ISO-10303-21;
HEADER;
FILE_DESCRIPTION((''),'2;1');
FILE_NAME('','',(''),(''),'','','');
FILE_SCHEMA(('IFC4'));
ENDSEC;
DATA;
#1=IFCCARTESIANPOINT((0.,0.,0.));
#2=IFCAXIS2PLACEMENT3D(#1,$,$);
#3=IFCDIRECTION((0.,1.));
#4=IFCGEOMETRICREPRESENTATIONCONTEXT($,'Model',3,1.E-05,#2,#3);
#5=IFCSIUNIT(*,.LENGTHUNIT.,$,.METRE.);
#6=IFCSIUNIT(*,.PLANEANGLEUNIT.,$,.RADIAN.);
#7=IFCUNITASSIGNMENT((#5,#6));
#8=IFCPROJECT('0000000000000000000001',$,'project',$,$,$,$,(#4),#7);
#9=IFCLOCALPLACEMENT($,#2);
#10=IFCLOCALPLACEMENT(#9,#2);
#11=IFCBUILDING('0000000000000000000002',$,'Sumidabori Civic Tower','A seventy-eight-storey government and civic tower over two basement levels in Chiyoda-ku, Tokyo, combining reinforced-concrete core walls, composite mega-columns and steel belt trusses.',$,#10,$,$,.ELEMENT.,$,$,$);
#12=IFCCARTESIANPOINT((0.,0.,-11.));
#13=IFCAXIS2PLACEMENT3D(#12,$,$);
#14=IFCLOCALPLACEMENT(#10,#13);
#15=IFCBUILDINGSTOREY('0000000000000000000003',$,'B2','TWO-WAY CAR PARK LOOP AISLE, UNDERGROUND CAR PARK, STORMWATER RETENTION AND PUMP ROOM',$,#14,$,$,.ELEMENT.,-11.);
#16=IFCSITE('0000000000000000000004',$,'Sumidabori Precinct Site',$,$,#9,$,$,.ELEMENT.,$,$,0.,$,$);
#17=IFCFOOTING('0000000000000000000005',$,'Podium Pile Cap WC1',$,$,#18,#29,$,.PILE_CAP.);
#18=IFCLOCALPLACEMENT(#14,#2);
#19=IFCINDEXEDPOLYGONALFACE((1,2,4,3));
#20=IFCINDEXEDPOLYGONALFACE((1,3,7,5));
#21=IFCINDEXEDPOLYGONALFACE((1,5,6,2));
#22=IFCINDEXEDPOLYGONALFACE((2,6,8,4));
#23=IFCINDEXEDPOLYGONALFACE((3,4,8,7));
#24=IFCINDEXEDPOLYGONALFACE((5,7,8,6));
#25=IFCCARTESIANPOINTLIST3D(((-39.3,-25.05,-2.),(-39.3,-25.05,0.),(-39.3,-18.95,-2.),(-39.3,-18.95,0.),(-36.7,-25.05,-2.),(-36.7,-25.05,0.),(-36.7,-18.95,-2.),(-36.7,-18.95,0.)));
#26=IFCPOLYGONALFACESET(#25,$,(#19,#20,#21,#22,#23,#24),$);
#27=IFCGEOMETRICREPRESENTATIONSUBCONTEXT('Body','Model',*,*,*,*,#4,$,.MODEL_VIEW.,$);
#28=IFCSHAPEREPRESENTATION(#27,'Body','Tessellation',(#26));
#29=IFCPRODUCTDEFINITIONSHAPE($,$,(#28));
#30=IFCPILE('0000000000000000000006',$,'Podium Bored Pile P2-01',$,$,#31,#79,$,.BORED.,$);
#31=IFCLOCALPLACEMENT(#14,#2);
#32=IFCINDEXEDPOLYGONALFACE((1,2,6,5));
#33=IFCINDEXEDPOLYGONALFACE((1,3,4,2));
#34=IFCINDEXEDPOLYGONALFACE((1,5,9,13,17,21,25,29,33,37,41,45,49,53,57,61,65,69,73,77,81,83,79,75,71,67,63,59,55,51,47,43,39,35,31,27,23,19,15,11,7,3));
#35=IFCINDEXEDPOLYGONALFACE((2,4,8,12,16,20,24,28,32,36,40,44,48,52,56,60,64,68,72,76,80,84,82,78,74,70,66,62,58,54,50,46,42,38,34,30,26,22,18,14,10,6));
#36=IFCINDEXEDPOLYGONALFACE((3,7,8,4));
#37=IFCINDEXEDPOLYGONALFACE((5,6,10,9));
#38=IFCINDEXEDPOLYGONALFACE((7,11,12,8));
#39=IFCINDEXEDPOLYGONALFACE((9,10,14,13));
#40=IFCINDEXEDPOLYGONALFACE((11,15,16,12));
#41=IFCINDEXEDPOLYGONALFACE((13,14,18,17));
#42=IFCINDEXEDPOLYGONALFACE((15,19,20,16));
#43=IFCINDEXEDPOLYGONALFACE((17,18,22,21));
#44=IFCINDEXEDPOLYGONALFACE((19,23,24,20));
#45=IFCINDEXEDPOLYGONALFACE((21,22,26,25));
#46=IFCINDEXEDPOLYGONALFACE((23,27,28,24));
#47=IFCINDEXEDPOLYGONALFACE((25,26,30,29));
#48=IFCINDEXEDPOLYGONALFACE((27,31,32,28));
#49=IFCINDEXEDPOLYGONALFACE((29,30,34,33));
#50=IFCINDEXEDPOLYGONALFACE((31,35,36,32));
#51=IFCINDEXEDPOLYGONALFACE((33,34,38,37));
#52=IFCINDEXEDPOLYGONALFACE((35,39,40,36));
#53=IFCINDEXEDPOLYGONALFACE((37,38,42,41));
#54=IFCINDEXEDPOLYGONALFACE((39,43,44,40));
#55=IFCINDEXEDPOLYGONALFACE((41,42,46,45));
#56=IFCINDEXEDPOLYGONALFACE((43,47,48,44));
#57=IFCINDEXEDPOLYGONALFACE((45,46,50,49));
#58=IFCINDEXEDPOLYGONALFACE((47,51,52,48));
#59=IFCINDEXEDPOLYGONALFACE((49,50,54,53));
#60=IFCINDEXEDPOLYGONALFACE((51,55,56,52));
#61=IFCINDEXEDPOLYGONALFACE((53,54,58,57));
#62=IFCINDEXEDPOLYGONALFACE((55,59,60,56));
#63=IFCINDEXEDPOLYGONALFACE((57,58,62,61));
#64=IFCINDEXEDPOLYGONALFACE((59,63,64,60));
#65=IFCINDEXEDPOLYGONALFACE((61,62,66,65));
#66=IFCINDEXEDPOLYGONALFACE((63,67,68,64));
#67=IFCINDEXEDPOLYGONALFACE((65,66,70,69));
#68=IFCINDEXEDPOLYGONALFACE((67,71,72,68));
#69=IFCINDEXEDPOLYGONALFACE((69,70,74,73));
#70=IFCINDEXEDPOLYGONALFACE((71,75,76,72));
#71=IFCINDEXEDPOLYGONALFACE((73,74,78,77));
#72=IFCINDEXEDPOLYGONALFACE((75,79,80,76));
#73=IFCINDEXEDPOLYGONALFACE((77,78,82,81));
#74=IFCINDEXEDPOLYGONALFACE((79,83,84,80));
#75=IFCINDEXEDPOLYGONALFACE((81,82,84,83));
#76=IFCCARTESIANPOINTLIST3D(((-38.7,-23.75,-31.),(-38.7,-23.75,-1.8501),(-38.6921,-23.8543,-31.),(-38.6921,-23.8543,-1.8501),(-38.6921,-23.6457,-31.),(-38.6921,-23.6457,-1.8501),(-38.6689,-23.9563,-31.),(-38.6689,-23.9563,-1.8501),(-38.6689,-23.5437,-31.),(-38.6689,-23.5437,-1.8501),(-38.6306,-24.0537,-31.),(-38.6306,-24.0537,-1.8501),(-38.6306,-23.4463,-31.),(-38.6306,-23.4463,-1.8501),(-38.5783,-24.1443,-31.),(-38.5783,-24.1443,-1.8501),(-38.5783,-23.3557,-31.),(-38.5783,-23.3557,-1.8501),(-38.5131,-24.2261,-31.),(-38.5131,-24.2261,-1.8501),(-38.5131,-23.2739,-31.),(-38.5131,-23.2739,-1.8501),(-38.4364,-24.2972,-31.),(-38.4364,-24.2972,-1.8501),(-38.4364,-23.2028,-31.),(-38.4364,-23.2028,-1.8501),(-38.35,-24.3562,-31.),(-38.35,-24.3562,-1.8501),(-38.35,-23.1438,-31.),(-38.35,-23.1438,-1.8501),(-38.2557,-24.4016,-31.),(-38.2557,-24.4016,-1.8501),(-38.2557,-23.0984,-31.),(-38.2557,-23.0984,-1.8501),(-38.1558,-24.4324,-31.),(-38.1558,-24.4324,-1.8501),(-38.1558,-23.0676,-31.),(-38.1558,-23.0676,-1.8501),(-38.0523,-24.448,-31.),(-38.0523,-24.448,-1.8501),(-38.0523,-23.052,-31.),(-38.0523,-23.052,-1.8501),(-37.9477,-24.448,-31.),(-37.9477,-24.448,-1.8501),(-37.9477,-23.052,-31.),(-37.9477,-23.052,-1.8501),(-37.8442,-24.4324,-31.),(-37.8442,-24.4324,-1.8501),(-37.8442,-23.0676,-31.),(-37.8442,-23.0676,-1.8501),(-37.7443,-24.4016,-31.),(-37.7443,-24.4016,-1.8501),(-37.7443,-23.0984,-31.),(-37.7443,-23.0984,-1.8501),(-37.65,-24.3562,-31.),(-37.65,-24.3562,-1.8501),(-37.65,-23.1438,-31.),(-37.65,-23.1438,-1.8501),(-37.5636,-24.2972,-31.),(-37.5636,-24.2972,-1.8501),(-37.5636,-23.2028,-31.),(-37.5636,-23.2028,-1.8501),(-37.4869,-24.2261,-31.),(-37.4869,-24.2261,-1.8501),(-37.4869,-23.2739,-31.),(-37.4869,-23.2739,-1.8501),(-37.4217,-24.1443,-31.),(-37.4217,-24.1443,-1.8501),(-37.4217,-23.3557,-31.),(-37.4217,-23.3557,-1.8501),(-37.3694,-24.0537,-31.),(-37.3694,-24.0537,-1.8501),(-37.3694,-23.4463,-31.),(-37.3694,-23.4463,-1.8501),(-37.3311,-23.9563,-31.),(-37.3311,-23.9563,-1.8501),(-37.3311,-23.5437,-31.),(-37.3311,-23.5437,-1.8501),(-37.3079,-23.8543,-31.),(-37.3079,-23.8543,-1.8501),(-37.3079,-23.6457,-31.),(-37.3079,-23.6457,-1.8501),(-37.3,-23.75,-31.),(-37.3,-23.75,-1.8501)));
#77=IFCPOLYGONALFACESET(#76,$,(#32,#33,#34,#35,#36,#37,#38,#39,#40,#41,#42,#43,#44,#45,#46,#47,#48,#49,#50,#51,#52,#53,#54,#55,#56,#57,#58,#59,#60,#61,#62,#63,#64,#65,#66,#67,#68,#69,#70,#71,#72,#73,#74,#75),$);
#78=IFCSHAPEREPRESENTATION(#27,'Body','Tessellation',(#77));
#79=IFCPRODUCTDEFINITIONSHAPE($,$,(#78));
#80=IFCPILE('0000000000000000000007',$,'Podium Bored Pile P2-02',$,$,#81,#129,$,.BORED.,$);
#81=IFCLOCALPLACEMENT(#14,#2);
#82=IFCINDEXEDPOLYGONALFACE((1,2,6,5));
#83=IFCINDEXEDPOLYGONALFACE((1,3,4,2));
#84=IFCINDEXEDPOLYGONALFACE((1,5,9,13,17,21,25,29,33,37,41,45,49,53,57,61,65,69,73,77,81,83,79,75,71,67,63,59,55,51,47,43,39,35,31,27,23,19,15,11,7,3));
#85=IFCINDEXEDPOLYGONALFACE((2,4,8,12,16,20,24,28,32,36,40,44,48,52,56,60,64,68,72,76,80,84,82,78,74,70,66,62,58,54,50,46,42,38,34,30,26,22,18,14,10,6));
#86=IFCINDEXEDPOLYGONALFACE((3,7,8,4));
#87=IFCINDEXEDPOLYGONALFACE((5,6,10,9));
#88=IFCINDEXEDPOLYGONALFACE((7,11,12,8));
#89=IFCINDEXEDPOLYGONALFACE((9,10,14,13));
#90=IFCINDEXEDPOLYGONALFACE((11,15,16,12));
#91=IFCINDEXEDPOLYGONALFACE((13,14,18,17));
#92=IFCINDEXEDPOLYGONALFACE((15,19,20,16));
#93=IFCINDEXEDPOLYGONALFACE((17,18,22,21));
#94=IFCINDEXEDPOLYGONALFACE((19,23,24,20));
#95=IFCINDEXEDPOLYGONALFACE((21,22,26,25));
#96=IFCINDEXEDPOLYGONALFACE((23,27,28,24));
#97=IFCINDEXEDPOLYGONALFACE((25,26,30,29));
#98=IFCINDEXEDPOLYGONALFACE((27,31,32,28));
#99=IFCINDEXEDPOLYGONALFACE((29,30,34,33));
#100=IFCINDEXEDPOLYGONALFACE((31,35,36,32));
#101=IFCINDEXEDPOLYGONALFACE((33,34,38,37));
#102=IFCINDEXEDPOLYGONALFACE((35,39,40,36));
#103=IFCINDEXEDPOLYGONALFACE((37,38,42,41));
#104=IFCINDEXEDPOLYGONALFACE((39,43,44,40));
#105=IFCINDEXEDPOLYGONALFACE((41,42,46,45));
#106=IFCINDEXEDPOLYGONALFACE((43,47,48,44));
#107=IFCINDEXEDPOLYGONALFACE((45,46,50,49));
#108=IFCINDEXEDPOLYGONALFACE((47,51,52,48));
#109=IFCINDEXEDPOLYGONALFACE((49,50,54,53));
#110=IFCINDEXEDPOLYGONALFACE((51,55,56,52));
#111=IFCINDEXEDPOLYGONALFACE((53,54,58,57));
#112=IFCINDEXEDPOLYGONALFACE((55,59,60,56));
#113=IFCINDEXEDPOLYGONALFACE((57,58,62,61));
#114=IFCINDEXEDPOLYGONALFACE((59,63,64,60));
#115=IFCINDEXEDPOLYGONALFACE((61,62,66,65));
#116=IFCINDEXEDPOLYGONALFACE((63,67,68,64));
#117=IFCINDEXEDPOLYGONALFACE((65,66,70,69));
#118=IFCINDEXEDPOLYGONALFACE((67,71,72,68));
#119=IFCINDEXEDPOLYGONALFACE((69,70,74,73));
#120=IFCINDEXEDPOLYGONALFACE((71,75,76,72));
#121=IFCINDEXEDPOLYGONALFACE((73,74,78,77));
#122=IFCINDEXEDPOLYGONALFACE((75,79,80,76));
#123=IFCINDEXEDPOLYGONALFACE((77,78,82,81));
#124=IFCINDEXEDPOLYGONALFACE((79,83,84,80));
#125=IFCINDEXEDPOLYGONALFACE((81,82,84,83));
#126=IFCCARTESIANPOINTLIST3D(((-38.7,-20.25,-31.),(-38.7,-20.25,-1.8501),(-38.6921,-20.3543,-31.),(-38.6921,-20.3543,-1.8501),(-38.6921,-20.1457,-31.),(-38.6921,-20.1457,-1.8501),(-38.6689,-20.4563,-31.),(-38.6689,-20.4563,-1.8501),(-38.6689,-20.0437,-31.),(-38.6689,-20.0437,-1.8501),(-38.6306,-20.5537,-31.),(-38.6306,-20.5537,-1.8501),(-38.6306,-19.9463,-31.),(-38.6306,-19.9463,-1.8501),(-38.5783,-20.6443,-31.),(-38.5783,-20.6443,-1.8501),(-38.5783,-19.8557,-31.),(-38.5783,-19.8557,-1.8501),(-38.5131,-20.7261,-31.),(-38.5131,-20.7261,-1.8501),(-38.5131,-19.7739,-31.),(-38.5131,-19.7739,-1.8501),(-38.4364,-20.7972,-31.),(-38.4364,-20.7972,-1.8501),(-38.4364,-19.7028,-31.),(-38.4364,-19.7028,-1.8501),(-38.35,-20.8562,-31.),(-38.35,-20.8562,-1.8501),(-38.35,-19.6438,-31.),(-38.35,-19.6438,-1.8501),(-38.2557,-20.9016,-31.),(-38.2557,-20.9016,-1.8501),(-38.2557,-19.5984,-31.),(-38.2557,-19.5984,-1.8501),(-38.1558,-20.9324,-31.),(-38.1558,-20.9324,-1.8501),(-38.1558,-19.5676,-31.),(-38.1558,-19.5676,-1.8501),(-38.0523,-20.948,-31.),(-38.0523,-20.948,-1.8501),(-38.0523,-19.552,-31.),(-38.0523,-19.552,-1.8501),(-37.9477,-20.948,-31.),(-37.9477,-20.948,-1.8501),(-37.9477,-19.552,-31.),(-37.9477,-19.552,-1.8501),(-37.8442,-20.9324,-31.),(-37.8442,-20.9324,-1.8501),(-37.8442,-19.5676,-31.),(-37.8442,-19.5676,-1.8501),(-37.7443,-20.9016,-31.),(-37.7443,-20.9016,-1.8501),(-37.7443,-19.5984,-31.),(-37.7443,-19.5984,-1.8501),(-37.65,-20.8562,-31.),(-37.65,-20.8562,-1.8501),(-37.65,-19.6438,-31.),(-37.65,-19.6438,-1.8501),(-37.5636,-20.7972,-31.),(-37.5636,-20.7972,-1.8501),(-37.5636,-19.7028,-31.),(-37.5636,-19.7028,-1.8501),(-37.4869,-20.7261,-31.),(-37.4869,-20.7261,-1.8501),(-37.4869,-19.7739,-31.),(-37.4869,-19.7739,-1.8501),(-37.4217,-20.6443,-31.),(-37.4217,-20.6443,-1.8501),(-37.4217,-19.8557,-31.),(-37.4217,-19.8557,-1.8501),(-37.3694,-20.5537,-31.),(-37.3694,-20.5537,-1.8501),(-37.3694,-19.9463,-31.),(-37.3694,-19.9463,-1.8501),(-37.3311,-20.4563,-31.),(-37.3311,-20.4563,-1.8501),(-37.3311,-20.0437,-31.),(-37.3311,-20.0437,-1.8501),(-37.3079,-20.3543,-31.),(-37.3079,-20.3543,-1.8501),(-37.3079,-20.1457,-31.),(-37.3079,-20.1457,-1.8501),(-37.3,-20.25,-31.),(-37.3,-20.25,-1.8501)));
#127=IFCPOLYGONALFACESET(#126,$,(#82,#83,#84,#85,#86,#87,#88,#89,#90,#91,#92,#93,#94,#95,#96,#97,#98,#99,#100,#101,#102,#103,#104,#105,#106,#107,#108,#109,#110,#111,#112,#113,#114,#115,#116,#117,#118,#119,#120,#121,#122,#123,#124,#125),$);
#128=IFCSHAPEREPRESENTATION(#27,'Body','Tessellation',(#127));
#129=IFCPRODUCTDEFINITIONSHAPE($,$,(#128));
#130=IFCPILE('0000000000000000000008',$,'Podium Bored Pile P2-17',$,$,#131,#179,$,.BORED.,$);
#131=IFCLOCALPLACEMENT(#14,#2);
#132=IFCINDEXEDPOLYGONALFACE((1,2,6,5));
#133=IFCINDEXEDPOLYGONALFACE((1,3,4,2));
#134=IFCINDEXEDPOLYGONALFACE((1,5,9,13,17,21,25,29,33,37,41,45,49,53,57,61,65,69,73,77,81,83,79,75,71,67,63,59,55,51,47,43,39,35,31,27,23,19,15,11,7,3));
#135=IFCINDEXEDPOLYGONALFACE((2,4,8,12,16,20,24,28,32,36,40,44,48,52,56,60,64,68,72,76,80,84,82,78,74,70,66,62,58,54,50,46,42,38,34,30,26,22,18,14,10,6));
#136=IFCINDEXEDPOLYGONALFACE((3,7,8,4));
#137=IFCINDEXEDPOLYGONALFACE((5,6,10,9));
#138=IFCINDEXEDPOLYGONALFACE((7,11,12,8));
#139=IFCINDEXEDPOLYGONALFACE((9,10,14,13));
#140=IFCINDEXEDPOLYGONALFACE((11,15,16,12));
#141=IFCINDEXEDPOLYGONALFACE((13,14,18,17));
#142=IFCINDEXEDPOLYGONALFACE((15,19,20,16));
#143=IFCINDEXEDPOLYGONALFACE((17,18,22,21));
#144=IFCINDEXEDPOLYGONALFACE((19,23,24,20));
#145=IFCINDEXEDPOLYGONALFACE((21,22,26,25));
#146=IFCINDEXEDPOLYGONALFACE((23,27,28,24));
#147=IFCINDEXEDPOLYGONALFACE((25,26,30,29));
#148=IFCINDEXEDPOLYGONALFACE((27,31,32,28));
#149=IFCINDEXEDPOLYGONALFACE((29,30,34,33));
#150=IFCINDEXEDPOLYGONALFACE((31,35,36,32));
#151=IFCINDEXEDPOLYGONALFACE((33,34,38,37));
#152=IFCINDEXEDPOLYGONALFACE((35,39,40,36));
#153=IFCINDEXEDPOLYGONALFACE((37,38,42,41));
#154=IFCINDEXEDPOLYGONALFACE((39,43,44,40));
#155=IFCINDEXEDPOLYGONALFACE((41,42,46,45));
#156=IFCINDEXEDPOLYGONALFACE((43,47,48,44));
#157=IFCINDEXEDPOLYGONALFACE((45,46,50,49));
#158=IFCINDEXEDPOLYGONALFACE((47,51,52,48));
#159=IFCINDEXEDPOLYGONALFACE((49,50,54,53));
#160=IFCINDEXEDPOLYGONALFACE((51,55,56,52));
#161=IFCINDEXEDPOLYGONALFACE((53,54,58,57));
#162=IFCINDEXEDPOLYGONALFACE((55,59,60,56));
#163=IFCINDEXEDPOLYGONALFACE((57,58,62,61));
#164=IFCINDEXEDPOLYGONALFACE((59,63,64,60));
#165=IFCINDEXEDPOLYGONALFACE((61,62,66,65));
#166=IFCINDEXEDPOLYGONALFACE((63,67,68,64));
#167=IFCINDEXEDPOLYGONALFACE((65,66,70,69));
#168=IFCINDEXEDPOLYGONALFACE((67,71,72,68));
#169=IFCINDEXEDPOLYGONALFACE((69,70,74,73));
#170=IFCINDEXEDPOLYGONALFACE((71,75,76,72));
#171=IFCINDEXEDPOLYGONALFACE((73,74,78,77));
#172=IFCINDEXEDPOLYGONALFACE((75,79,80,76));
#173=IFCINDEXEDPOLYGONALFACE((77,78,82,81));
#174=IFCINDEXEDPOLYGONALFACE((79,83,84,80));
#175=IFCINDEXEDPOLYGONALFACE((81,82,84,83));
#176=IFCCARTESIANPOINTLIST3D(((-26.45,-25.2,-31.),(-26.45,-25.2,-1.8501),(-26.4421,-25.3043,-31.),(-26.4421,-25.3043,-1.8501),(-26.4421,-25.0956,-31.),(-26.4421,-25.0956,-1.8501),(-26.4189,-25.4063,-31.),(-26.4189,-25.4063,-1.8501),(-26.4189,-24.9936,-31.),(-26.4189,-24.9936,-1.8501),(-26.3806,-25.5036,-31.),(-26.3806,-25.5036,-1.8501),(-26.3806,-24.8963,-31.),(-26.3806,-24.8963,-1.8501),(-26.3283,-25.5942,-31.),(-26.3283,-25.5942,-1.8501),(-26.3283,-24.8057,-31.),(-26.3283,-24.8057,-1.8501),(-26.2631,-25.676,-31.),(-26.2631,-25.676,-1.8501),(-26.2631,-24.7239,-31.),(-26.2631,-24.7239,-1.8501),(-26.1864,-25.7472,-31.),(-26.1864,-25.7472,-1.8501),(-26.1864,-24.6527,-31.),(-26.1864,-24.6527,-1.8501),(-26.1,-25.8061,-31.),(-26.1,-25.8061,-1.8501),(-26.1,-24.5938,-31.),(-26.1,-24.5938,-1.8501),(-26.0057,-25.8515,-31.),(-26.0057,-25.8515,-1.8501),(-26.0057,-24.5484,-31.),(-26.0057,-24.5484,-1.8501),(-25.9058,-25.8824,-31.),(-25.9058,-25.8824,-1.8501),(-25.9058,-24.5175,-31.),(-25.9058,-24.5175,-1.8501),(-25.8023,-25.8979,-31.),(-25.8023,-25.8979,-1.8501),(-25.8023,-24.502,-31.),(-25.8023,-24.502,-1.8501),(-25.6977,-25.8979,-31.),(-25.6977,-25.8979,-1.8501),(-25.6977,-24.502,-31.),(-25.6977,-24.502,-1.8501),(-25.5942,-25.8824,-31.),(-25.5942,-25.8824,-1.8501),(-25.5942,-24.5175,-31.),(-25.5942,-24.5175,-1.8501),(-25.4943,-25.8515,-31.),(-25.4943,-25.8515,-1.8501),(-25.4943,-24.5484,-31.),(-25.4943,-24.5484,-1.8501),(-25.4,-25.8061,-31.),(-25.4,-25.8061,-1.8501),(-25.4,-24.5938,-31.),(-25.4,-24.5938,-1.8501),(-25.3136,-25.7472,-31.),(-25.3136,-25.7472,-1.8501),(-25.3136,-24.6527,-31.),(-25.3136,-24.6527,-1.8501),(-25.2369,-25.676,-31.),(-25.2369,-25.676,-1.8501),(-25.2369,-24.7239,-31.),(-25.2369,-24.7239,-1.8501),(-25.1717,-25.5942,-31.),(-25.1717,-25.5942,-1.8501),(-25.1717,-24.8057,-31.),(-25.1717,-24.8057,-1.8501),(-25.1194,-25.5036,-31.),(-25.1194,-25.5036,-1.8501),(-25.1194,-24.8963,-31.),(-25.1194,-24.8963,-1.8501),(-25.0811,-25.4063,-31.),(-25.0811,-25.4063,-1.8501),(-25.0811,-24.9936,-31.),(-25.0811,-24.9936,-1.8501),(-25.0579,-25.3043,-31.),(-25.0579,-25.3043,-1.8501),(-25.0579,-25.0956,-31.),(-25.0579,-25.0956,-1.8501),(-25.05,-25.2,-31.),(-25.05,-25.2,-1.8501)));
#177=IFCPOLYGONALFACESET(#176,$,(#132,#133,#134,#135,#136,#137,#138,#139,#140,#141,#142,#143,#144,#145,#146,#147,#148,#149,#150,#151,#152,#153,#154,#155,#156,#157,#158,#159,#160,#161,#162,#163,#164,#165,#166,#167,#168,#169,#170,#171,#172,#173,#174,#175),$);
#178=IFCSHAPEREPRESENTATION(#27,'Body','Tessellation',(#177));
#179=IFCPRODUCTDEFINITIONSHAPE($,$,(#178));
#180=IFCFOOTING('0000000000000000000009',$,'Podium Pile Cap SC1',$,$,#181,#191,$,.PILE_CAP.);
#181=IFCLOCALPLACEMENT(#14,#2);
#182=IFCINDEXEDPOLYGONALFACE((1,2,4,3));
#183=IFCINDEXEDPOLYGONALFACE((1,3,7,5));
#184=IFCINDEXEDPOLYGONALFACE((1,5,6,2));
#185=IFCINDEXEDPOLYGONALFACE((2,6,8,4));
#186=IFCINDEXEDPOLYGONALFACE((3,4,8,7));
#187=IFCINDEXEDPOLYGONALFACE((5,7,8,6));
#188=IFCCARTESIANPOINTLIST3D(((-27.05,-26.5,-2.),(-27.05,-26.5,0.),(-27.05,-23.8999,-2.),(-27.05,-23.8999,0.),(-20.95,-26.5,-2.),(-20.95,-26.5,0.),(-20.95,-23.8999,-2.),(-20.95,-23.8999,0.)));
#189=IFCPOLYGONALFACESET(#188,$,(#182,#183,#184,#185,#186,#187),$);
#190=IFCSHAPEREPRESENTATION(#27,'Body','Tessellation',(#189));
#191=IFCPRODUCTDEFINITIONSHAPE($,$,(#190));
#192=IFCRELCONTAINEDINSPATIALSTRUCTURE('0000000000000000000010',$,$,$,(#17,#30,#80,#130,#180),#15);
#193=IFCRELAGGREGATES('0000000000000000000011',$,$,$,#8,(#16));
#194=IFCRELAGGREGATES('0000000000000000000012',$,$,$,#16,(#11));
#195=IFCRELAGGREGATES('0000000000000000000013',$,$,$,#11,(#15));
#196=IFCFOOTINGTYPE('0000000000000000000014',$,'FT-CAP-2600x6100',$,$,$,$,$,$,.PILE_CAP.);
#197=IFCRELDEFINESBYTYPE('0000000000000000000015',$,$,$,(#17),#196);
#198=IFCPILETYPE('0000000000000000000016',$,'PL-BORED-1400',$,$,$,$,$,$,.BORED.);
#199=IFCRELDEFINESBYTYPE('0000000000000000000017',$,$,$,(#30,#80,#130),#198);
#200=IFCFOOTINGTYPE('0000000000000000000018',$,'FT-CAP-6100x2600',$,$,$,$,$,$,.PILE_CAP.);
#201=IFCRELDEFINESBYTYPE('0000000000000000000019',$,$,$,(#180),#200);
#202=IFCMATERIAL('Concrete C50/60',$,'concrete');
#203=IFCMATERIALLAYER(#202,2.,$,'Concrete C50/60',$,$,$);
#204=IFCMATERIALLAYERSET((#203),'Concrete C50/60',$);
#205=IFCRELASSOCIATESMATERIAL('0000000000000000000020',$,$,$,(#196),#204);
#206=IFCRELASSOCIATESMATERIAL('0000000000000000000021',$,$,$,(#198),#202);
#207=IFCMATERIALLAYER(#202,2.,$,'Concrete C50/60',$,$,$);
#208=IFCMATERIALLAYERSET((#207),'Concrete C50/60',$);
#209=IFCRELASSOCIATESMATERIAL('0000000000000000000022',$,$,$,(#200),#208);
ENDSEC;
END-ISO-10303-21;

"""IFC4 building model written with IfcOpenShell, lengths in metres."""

from ifc_helpers import new_model, si_unit, direction, frame, origin, origin_2d, place, context, subcontext, project, spatial, rectangle, circle, extrude, source, transform, mapped, material, layer, layer_set, material_profile, profile_set, type_object, element, save


model = new_model("IFC4")

# Units and contexts
model_context = context("Model", 3, precision=1e-05, world=origin(), true_north=direction((0.0, 1.0)))
body_context = subcontext(model_context, "Body", "Model", "MODEL_VIEW")
ifc_project = project(units=[si_unit("LENGTHUNIT", "METRE"), si_unit("PLANEANGLEUNIT", "RADIAN")], contexts=[model_context])

# Site, building, storey
site_placement = place(None, origin())
site = spatial("IfcSite", under=ifc_project, at=site_placement, Name="Sumidabori Precinct Site", CompositionType="ELEMENT", RefElevation=0.0)
building_placement = place(site_placement, origin())
building = spatial("IfcBuilding", under=site, at=building_placement, Name="Sumidabori Civic Tower", Description="A seventy-eight-storey government and civic tower over two basement levels in Chiyoda-ku, Tokyo, combining reinforced-concrete core walls, composite mega-columns and steel belt trusses.", CompositionType="ELEMENT")
storey_placement = place(building_placement, frame((0.0, 0.0, -11.0)))
storey = spatial("IfcBuildingStorey", under=building, at=storey_placement, Name="B2", Description="TWO-WAY CAR PARK LOOP AISLE, UNDERGROUND CAR PARK, STORMWATER RETENTION AND PUMP ROOM", CompositionType="ELEMENT", Elevation=-11.0)

# Footing
ifc_material_1 = material(Name="Concrete C50/60", Category="concrete")
ifc_layer_1 = layer(ifc_material_1, 2.0, Name="Concrete C50/60")
ifc_layer_set_1 = layer_set([ifc_layer_1], Name="Concrete C50/60")
footing_type_1 = type_object("IfcFootingType", Name="FT-CAP-2600x6100", PredefinedType="PILE_CAP", material=ifc_layer_set_1)
shared_shape_1 = source(origin(), body_context, "Body", "SweptSolid", [
    extrude(rectangle(XDim=2.6001, YDim=6.1001, at=origin_2d()), origin(), (0.0, 0.0, 1.0), 2.0),
])
footing_1_placement = place(storey_placement, frame((-38.0, -22.0, -2.0), z_axis=(0.0, 0.0, 1.0), x_axis=(1.0, 0.0, 0.0)))
element("IfcFooting", 1, at=footing_1_placement, inside=storey, type_object=footing_type_1, Name="Podium Pile Cap WC1", PredefinedType="PILE_CAP", context=body_context, shape_type="MappedRepresentation", body=[
    mapped(shared_shape_1, transform((0.0, 0.0, 0.0), x_axis=(1.0, 0.0, 0.0), y_axis=(0.0, 1.0, 0.0), z_axis=(0.0, 0.0, 1.0), scale=1.0)),
])

# Piles
ifc_material_profile_1 = material_profile(ifc_material_1, circle(Radius=0.7, at=origin_2d()), Name="BORED PILE 1400")
ifc_profile_set_1 = profile_set([ifc_material_profile_1], Name="Concrete C50/60")
pile_type = type_object("IfcPileType", Name="PL-BORED-1400", PredefinedType="BORED", material=ifc_profile_set_1)
shared_shape_2 = source(origin(), body_context, "Body", "SweptSolid", [
    extrude(circle(Radius=0.7, at=origin_2d()), origin(), (0.0, 0.0, 1.0), 29.1499),
])
for number, where, z_axis, x_axis, name in (
    (2, (-38.0, -23.75, -1.8501), (0.0, 0.0, -1.0), (1.0, 0.0, 0.0), "Podium Bored Pile P2-01"),
    (3, (-38.0, -20.25, -1.8501), (0.0, 0.0, -1.0), (1.0, 0.0, 0.0), "Podium Bored Pile P2-02"),
    (4, (-25.75, -25.2, -1.8501), (0.0, 0.0, -1.0), (1.0, 0.0, 0.0), "Podium Bored Pile P2-17"),
):
    element("IfcPile", number, at=place(storey_placement, frame(where, z_axis=z_axis, x_axis=x_axis)), inside=storey, type_object=pile_type, Name=name, PredefinedType="BORED", context=body_context, shape_type="MappedRepresentation", body=[
        mapped(shared_shape_2, transform((0.0, 0.0, 0.0), x_axis=(1.0, 0.0, 0.0), y_axis=(0.0, 1.0, 0.0), z_axis=(0.0, 0.0, 1.0), scale=1.0)),
    ])

# Footing
ifc_layer_2 = layer(ifc_material_1, 2.0, Name="Concrete C50/60")
ifc_layer_set_2 = layer_set([ifc_layer_2], Name="Concrete C50/60")
footing_type_2 = type_object("IfcFootingType", Name="FT-CAP-6100x2600", PredefinedType="PILE_CAP", material=ifc_layer_set_2)
shared_shape_3 = source(origin(), body_context, "Body", "SweptSolid", [
    extrude(rectangle(XDim=6.1001, YDim=2.6001, at=origin_2d()), origin(), (0.0, 0.0, 1.0), 2.0),
])
footing_2_placement = place(storey_placement, frame((-24.0, -25.2, -2.0), z_axis=(0.0, 0.0, 1.0), x_axis=(1.0, 0.0, 0.0)))
element("IfcFooting", 5, at=footing_2_placement, inside=storey, type_object=footing_type_2, Name="Podium Pile Cap SC1", PredefinedType="PILE_CAP", context=body_context, shape_type="MappedRepresentation", body=[
    mapped(shared_shape_3, transform((0.0, 0.0, 0.0), x_axis=(1.0, 0.0, 0.0), y_axis=(0.0, 1.0, 0.0), z_axis=(0.0, 0.0, 1.0), scale=1.0)),
])

save(model, "model.ifc")
